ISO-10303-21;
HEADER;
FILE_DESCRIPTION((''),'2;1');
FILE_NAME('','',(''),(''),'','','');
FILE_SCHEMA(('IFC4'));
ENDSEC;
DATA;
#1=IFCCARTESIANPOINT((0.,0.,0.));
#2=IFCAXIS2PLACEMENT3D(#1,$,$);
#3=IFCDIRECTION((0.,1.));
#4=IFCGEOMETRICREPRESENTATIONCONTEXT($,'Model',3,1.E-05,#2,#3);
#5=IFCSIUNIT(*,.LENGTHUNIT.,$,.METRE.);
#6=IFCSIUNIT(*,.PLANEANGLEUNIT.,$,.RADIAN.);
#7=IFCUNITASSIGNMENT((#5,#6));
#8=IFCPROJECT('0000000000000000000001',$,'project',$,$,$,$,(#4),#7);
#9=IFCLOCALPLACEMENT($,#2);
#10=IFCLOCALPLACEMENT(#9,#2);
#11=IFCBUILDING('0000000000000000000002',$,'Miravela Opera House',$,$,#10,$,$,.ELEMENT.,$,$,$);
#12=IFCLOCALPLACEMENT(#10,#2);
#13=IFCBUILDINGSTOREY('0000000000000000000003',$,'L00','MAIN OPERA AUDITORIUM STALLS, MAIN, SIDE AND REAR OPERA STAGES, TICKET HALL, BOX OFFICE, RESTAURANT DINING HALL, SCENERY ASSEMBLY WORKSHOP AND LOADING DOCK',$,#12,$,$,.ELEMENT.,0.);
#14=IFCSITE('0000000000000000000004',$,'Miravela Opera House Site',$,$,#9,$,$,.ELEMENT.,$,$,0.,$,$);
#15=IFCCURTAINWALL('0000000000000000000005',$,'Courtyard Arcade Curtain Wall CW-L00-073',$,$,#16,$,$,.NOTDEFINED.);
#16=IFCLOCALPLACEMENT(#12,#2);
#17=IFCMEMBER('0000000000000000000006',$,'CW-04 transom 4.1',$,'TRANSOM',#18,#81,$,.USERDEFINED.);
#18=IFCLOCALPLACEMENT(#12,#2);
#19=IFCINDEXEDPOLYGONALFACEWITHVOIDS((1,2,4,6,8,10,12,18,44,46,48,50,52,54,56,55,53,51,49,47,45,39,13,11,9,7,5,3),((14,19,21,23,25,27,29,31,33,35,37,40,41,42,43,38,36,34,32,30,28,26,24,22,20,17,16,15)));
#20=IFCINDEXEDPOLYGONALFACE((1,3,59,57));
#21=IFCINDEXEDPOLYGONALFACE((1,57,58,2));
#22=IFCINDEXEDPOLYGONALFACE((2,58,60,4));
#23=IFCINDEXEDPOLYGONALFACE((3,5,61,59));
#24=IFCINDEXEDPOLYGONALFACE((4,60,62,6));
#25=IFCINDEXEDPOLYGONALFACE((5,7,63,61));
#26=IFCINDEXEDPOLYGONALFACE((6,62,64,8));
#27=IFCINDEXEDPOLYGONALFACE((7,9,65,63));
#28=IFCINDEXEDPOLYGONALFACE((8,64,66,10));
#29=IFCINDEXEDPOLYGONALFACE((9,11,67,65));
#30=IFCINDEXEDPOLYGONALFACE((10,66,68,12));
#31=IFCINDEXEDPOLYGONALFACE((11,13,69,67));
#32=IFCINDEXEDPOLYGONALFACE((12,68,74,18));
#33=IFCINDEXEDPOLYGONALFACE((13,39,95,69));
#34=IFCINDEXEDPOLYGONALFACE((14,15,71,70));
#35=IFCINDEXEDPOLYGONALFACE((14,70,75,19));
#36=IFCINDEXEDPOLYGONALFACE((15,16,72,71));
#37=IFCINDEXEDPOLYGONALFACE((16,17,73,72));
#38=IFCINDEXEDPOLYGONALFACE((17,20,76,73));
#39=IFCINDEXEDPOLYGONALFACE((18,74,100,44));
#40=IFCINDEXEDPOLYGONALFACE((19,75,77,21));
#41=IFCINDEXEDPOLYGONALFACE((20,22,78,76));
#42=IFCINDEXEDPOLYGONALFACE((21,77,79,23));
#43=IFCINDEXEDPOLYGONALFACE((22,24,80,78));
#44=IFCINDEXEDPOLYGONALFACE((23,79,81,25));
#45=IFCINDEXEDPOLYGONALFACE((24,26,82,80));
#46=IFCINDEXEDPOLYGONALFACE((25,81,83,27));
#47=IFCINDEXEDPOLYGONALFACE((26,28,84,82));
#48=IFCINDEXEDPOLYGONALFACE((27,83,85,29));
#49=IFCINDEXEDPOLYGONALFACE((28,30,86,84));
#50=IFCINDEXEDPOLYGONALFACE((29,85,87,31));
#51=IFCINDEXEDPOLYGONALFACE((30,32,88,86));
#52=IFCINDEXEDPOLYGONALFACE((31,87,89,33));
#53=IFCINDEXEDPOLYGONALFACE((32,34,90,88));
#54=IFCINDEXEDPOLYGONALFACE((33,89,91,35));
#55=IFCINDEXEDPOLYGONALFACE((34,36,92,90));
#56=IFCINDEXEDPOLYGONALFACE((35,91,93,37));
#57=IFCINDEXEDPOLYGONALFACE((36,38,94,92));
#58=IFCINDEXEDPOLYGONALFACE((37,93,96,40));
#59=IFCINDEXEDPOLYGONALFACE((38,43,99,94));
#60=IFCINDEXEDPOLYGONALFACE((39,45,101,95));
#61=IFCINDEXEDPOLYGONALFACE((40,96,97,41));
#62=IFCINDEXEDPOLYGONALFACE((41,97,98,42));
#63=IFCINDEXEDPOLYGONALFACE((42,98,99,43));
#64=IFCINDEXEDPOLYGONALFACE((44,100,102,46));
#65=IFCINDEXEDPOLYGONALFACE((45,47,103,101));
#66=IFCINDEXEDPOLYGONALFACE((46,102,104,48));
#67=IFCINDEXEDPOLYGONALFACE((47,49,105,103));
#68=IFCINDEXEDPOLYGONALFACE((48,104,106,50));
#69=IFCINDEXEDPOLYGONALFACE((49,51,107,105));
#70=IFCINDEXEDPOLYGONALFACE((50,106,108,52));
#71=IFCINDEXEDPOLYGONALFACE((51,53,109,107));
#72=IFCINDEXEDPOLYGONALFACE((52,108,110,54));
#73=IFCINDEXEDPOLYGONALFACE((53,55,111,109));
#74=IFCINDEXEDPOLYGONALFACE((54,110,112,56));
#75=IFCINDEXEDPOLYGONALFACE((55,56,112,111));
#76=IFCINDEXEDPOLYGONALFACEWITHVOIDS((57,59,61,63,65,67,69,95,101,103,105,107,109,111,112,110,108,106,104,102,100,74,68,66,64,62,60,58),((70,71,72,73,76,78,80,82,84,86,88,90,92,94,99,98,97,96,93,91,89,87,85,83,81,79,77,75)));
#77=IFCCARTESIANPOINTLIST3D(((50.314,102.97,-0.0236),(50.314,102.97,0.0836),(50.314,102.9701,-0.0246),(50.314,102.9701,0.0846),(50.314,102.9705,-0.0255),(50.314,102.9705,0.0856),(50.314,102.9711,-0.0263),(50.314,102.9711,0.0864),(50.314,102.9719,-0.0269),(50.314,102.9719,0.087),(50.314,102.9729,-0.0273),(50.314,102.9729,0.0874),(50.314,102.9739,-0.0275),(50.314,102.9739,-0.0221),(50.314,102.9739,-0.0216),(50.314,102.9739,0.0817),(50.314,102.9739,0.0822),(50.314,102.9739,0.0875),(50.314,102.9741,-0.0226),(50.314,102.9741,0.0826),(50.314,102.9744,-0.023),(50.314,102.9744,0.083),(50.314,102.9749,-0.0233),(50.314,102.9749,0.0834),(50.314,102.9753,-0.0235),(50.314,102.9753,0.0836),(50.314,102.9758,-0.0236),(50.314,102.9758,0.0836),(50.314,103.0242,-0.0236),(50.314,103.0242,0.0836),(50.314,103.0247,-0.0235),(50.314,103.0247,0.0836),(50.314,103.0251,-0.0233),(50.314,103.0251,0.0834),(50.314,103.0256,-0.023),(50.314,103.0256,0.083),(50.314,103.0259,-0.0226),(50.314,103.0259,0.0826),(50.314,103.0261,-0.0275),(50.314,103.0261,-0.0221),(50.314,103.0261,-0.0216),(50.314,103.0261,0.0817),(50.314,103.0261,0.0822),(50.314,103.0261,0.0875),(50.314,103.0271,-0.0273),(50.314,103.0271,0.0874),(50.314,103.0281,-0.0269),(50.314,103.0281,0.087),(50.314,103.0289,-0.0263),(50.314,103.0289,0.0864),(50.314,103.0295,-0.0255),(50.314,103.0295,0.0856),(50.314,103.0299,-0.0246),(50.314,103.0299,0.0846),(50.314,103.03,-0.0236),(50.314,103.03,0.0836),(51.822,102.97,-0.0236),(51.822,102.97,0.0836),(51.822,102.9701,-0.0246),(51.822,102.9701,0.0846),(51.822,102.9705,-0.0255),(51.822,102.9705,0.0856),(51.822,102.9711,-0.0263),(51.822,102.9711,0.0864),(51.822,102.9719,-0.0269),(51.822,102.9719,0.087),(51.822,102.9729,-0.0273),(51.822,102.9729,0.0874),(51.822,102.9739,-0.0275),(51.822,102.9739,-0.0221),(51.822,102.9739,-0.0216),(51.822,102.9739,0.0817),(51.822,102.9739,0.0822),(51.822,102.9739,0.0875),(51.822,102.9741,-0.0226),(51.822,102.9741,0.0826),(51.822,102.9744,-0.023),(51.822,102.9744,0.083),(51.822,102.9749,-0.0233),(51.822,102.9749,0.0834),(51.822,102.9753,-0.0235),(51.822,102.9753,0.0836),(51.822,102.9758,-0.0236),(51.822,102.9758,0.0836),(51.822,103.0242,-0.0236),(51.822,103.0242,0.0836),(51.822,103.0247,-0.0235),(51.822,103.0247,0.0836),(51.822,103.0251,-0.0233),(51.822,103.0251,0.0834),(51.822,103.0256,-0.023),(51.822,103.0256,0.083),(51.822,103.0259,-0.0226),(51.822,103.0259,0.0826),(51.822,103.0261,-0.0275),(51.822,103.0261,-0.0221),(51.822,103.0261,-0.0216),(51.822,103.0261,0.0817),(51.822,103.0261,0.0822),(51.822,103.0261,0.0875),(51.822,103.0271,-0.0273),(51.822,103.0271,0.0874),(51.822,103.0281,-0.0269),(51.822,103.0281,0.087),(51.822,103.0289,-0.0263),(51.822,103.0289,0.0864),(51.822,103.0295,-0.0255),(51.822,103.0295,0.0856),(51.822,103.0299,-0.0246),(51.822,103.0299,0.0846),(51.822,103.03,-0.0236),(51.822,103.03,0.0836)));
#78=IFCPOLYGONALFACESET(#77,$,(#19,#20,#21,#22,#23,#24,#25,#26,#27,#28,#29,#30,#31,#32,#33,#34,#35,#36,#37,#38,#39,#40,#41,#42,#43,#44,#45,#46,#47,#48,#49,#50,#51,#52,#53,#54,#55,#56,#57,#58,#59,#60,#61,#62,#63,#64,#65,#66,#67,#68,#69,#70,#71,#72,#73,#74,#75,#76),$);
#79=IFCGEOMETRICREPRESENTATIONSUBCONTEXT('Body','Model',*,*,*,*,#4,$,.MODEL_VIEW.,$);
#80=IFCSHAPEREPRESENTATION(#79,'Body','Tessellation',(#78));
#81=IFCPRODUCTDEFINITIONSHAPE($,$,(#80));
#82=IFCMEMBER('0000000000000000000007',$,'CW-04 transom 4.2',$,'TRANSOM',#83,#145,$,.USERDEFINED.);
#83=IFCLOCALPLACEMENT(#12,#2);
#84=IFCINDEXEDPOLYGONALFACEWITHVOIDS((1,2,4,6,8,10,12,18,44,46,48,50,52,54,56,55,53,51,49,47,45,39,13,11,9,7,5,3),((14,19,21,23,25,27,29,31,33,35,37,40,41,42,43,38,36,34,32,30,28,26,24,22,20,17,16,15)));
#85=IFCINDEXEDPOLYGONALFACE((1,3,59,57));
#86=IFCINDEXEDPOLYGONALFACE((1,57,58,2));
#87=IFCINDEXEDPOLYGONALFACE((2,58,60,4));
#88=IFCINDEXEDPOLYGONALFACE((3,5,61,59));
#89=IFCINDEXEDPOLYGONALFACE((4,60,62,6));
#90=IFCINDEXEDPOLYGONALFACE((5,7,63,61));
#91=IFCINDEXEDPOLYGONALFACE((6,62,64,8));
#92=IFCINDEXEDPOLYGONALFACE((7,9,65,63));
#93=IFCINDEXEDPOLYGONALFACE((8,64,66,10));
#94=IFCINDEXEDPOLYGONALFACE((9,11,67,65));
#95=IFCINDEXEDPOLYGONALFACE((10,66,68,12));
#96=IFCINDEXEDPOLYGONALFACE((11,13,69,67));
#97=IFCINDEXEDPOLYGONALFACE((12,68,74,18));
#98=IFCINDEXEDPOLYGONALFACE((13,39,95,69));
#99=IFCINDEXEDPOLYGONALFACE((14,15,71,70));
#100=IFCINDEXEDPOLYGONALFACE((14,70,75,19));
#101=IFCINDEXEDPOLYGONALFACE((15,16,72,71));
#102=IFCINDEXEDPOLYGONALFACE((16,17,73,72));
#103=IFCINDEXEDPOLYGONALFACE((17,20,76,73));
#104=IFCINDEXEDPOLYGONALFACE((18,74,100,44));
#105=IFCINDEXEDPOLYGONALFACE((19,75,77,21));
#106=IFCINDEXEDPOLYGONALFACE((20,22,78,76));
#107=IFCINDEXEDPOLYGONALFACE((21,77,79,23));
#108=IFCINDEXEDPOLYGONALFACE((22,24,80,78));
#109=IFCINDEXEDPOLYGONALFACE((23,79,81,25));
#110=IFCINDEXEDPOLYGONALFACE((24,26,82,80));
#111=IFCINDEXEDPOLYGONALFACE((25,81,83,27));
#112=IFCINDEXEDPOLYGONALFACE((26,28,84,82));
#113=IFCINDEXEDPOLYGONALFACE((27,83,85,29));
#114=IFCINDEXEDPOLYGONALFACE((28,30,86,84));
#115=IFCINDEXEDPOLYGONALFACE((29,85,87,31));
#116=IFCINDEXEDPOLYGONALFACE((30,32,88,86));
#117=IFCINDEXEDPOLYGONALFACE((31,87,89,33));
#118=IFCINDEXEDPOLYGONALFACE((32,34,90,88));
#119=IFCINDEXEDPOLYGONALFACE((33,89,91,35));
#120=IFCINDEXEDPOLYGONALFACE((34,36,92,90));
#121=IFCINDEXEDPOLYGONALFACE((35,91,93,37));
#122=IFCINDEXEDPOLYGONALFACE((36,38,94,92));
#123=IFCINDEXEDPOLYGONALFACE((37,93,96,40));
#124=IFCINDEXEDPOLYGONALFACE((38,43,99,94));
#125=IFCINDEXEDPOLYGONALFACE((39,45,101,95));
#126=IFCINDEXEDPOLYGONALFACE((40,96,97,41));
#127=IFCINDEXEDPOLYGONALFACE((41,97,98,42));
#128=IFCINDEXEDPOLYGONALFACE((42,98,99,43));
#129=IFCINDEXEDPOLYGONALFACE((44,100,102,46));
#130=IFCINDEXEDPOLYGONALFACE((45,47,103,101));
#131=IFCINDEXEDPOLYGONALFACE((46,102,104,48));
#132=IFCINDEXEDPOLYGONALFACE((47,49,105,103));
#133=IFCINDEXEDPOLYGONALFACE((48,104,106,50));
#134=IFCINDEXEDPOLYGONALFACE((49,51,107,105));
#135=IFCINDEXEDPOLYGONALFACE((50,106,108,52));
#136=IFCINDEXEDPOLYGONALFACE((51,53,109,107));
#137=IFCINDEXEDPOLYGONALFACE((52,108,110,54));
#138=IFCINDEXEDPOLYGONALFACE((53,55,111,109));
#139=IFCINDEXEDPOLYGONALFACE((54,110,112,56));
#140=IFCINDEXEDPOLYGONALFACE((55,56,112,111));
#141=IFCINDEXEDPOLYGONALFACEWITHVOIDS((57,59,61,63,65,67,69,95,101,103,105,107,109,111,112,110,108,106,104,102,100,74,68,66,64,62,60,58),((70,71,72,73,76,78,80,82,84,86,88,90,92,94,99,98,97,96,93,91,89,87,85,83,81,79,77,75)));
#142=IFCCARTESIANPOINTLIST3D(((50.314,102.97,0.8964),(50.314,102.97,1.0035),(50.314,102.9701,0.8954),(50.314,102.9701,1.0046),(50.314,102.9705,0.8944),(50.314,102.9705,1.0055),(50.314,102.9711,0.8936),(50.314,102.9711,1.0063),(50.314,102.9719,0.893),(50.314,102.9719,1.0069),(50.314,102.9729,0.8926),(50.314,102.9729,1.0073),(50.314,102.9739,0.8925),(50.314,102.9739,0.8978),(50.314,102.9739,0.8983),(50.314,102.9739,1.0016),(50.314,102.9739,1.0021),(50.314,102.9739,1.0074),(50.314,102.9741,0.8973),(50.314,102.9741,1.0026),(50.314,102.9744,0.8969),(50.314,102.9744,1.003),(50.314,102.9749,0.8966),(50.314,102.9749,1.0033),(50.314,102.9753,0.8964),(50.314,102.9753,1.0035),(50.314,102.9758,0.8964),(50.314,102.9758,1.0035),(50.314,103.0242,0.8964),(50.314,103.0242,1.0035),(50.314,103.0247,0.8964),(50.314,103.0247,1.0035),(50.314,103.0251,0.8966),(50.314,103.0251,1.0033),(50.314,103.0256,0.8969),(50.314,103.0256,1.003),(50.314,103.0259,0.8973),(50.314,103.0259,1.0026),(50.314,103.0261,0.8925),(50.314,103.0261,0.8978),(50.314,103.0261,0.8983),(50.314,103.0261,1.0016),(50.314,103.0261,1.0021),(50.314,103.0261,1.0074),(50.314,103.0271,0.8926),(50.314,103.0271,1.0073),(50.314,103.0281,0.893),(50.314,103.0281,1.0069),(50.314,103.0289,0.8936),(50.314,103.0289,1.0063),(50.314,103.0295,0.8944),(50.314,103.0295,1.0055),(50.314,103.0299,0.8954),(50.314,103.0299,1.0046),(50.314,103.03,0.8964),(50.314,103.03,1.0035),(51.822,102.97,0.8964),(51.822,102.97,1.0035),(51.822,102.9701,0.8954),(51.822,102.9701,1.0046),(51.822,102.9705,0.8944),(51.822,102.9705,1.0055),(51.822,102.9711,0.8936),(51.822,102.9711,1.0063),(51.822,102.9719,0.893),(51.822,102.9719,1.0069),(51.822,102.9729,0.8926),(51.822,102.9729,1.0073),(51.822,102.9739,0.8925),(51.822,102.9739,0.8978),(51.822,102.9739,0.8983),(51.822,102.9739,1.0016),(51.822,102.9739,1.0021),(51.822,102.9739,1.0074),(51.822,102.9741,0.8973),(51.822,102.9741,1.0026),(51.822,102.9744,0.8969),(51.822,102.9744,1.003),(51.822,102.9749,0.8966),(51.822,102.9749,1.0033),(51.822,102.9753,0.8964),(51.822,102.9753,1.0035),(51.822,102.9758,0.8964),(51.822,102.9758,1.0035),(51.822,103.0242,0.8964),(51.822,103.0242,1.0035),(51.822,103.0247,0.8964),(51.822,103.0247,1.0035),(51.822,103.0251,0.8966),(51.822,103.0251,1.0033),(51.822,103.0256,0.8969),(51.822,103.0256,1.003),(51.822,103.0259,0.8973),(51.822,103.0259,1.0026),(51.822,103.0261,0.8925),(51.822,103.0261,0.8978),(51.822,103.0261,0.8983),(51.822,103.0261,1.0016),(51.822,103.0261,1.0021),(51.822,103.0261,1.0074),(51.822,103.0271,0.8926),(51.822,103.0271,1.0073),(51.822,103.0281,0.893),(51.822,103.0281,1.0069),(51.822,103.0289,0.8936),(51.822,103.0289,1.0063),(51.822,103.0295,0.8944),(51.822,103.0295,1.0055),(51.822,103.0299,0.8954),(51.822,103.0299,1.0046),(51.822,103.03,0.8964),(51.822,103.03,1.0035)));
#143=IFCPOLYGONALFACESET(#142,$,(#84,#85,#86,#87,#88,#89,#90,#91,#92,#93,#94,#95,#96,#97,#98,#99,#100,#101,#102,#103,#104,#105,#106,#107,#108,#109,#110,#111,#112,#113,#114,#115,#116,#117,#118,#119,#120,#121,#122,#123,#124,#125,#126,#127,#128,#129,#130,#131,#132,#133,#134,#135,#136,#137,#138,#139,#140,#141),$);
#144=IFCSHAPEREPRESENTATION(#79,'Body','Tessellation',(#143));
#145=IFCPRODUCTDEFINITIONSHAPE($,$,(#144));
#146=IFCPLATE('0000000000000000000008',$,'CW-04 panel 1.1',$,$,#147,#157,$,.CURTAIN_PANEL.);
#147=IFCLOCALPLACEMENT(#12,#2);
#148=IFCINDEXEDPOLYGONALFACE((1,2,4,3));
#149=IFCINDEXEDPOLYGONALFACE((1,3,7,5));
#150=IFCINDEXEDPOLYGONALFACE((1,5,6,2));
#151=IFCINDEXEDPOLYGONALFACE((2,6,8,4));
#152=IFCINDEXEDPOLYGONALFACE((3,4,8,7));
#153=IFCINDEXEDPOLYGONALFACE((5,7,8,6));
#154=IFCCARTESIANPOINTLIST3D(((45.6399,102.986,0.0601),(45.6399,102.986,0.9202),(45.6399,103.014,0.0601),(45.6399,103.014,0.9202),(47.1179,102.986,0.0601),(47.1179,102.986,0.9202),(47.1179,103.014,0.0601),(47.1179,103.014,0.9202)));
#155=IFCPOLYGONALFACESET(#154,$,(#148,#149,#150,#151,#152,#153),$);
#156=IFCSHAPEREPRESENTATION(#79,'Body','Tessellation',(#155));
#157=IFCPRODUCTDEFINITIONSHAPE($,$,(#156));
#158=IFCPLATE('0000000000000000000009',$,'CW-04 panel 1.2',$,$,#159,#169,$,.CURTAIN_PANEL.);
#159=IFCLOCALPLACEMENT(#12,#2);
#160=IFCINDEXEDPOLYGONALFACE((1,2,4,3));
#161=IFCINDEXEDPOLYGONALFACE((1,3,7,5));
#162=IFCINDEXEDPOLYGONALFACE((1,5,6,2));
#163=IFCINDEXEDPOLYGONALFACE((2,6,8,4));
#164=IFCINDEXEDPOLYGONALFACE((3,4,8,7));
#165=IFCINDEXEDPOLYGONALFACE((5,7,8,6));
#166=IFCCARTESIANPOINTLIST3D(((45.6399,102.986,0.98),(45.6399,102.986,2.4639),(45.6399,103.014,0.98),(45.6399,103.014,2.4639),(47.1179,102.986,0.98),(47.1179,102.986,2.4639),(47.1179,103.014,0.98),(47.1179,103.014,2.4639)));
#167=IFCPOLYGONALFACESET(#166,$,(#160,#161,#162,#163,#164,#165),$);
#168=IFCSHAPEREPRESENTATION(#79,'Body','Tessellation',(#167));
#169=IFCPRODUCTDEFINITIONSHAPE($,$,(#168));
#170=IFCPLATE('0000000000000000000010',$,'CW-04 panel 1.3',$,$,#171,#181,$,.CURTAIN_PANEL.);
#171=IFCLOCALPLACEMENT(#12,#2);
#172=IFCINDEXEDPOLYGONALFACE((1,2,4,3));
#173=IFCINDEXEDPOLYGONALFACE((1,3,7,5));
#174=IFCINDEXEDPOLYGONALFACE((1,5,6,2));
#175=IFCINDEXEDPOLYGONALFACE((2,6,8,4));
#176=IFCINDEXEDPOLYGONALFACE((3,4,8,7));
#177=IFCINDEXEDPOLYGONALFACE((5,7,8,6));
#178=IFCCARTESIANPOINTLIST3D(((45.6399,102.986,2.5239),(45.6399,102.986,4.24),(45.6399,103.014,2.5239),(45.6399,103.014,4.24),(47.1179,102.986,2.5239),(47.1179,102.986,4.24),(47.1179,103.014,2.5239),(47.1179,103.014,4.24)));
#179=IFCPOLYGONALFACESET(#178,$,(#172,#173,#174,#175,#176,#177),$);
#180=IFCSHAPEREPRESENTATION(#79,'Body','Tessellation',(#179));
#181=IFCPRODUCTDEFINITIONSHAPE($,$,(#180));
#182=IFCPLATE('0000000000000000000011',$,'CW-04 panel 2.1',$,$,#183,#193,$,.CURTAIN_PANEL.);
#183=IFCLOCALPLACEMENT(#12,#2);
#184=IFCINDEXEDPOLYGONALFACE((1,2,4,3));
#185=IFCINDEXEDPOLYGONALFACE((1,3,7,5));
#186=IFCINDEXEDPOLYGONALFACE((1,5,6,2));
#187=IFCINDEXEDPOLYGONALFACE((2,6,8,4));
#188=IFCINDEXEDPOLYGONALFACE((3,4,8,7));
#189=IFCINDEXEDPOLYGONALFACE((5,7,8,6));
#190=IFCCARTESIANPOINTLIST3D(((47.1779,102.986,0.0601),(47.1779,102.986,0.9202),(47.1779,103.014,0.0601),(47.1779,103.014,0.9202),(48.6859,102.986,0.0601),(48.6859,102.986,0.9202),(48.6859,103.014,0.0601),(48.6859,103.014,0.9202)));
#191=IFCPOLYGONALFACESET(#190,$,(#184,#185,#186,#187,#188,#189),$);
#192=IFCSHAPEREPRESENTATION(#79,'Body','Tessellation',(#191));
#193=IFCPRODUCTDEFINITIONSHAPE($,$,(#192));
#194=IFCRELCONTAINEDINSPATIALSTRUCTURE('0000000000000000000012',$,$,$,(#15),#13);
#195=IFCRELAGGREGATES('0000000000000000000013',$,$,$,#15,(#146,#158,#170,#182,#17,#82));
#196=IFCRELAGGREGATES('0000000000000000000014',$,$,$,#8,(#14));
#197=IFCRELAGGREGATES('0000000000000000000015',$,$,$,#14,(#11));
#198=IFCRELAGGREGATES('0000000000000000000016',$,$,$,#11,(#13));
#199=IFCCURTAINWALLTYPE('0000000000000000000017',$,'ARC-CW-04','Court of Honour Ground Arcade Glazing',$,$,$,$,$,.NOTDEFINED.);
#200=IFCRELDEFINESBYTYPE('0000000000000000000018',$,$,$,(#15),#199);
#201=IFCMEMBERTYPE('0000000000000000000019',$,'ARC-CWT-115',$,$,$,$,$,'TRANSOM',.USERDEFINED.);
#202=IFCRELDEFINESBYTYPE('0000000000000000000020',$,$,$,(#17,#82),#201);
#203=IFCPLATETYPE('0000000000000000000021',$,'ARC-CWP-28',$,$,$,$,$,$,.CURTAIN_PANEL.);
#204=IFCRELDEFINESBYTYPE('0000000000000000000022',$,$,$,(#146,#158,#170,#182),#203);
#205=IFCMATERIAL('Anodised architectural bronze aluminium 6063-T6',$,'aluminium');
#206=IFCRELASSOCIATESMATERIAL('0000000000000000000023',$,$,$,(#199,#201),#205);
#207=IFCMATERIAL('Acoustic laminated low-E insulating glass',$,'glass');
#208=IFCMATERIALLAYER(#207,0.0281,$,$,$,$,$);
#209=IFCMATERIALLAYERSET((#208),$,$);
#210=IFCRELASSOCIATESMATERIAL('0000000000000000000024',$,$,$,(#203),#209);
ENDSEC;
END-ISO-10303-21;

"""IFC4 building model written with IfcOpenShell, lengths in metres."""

from ifc_helpers import new_model, si_unit, direction, frame, origin, origin_2d, place, context, subcontext, project, spatial, rectangle, hollow_rectangle, extrude, material, layer, layer_set, material_profile, profile_set, type_object, element, aggregate, save


model = new_model("IFC4")

# Units and contexts
model_context = context("Model", 3, precision=1e-05, world=origin(), true_north=direction((0.0, 1.0)))
body_context = subcontext(model_context, "Body", "Model", "MODEL_VIEW")
ifc_project = project(units=[si_unit("LENGTHUNIT", "METRE"), si_unit("PLANEANGLEUNIT", "RADIAN")], contexts=[model_context])

# Site, building, storey
site_placement = place(None, origin())
site = spatial("IfcSite", under=ifc_project, at=site_placement, Name="Miravela Opera House Site", CompositionType="ELEMENT", RefElevation=0.0)
building_placement = place(site_placement, origin())
building = spatial("IfcBuilding", under=site, at=building_placement, Name="Miravela Opera House", CompositionType="ELEMENT")
storey_placement = place(building_placement, origin())
storey = spatial("IfcBuildingStorey", under=building, at=storey_placement, Name="L00", Description="MAIN OPERA AUDITORIUM STALLS, MAIN, SIDE AND REAR OPERA STAGES, TICKET HALL, BOX OFFICE, RESTAURANT DINING HALL, SCENERY ASSEMBLY WORKSHOP AND LOADING DOCK", CompositionType="ELEMENT", Elevation=0.0)

# Curtain wall, members, plates
ifc_material_1 = material(Name="Anodised architectural bronze aluminium 6063-T6", Category="aluminium")
curtain_wall_type = type_object("IfcCurtainWallType", Name="ARC-CW-04", Description="Court of Honour Ground Arcade Glazing", PredefinedType="NOTDEFINED", material=ifc_material_1)
curtain_wall_placement = place(storey_placement, origin())
curtain_wall = element("IfcCurtainWall", 1, at=curtain_wall_placement, inside=storey, type_object=curtain_wall_type, Name="Courtyard Arcade Curtain Wall CW-L00-073", PredefinedType="NOTDEFINED")
ifc_material_profile_1 = material_profile(ifc_material_1, hollow_rectangle(XDim=0.0601, YDim=0.115, WallThickness=0.0039, InnerFilletRadius=0.002, OuterFilletRadius=0.0039, at=origin_2d()), Name="CWT-60X115")
ifc_profile_set_1 = profile_set([ifc_material_profile_1])
member_type_1 = type_object("IfcMemberType", Name="ARC-CWT-115", ElementType="TRANSOM", PredefinedType="USERDEFINED", material=ifc_profile_set_1)
member_1_placement = place(storey_placement, frame((50.314, 103.0, 0.03), z_axis=(1.0, 0.0, 0.0), x_axis=(0.0, 1.0, 0.0)))
member_1 = element("IfcMember", 2, at=member_1_placement, type_object=member_type_1, Name="CW-04 transom 4.1", ObjectType="TRANSOM", PredefinedType="USERDEFINED", context=body_context, shape_type="SweptSolid", body=[
    extrude(hollow_rectangle(XDim=0.0601, YDim=0.115, WallThickness=0.0039, InnerFilletRadius=0.002, OuterFilletRadius=0.0039, at=origin_2d()), origin(), (0.0, 0.0, 1.0), 1.5081),
])
member_2_placement = place(storey_placement, frame((50.314, 103.0, 0.95), z_axis=(1.0, 0.0, 0.0), x_axis=(0.0, 1.0, 0.0)))
member_2 = element("IfcMember", 3, at=member_2_placement, type_object=member_type_1, Name="CW-04 transom 4.2", ObjectType="TRANSOM", PredefinedType="USERDEFINED", context=body_context, shape_type="SweptSolid", body=[
    extrude(hollow_rectangle(XDim=0.0601, YDim=0.115, WallThickness=0.0039, InnerFilletRadius=0.002, OuterFilletRadius=0.0039, at=origin_2d()), origin(), (0.0, 0.0, 1.0), 1.5081),
])
ifc_material_2 = material(Name="Acoustic laminated low-E insulating glass", Category="glass")
ifc_layer = layer(ifc_material_2, 0.0281)
ifc_layer_set = layer_set([ifc_layer])
plate_type = type_object("IfcPlateType", Name="ARC-CWP-28", PredefinedType="CURTAIN_PANEL", material=ifc_layer_set)
plate_1_placement = place(storey_placement, frame((46.3789, 103.0, 0.0601), z_axis=(0.0, 0.0, 1.0), x_axis=(1.0, 0.0, 0.0)))
plate_1 = element("IfcPlate", 4, at=plate_1_placement, type_object=plate_type, Name="CW-04 panel 1.1", PredefinedType="CURTAIN_PANEL", context=body_context, shape_type="SweptSolid", body=[
    extrude(rectangle(XDim=1.478, YDim=0.0281, at=origin_2d()), origin(), (0.0, 0.0, 1.0), 0.8601),
])
plate_2_placement = place(storey_placement, frame((46.3789, 103.0, 0.98), z_axis=(0.0, 0.0, 1.0), x_axis=(1.0, 0.0, 0.0)))
plate_2 = element("IfcPlate", 5, at=plate_2_placement, type_object=plate_type, Name="CW-04 panel 1.2", PredefinedType="CURTAIN_PANEL", context=body_context, shape_type="SweptSolid", body=[
    extrude(rectangle(XDim=1.478, YDim=0.0281, at=origin_2d()), origin(), (0.0, 0.0, 1.0), 1.4839),
])
plate_3_placement = place(storey_placement, frame((46.3789, 103.0, 2.5239), z_axis=(0.0, 0.0, 1.0), x_axis=(1.0, 0.0, 0.0)))
plate_3 = element("IfcPlate", 6, at=plate_3_placement, type_object=plate_type, Name="CW-04 panel 1.3", PredefinedType="CURTAIN_PANEL", context=body_context, shape_type="SweptSolid", body=[
    extrude(rectangle(XDim=1.478, YDim=0.0281, at=origin_2d()), origin(), (0.0, 0.0, 1.0), 1.7161),
])
plate_4_placement = place(storey_placement, frame((47.9319, 103.0, 0.0601), z_axis=(0.0, 0.0, 1.0), x_axis=(1.0, 0.0, 0.0)))
plate_4 = element("IfcPlate", 7, at=plate_4_placement, type_object=plate_type, Name="CW-04 panel 2.1", PredefinedType="CURTAIN_PANEL", context=body_context, shape_type="SweptSolid", body=[
    extrude(rectangle(XDim=1.5081, YDim=0.0281, at=origin_2d()), origin(), (0.0, 0.0, 1.0), 0.8601),
])
aggregate(curtain_wall, [plate_1, plate_2, plate_3, plate_4, member_1, member_2])

save(model, "model.ifc")
